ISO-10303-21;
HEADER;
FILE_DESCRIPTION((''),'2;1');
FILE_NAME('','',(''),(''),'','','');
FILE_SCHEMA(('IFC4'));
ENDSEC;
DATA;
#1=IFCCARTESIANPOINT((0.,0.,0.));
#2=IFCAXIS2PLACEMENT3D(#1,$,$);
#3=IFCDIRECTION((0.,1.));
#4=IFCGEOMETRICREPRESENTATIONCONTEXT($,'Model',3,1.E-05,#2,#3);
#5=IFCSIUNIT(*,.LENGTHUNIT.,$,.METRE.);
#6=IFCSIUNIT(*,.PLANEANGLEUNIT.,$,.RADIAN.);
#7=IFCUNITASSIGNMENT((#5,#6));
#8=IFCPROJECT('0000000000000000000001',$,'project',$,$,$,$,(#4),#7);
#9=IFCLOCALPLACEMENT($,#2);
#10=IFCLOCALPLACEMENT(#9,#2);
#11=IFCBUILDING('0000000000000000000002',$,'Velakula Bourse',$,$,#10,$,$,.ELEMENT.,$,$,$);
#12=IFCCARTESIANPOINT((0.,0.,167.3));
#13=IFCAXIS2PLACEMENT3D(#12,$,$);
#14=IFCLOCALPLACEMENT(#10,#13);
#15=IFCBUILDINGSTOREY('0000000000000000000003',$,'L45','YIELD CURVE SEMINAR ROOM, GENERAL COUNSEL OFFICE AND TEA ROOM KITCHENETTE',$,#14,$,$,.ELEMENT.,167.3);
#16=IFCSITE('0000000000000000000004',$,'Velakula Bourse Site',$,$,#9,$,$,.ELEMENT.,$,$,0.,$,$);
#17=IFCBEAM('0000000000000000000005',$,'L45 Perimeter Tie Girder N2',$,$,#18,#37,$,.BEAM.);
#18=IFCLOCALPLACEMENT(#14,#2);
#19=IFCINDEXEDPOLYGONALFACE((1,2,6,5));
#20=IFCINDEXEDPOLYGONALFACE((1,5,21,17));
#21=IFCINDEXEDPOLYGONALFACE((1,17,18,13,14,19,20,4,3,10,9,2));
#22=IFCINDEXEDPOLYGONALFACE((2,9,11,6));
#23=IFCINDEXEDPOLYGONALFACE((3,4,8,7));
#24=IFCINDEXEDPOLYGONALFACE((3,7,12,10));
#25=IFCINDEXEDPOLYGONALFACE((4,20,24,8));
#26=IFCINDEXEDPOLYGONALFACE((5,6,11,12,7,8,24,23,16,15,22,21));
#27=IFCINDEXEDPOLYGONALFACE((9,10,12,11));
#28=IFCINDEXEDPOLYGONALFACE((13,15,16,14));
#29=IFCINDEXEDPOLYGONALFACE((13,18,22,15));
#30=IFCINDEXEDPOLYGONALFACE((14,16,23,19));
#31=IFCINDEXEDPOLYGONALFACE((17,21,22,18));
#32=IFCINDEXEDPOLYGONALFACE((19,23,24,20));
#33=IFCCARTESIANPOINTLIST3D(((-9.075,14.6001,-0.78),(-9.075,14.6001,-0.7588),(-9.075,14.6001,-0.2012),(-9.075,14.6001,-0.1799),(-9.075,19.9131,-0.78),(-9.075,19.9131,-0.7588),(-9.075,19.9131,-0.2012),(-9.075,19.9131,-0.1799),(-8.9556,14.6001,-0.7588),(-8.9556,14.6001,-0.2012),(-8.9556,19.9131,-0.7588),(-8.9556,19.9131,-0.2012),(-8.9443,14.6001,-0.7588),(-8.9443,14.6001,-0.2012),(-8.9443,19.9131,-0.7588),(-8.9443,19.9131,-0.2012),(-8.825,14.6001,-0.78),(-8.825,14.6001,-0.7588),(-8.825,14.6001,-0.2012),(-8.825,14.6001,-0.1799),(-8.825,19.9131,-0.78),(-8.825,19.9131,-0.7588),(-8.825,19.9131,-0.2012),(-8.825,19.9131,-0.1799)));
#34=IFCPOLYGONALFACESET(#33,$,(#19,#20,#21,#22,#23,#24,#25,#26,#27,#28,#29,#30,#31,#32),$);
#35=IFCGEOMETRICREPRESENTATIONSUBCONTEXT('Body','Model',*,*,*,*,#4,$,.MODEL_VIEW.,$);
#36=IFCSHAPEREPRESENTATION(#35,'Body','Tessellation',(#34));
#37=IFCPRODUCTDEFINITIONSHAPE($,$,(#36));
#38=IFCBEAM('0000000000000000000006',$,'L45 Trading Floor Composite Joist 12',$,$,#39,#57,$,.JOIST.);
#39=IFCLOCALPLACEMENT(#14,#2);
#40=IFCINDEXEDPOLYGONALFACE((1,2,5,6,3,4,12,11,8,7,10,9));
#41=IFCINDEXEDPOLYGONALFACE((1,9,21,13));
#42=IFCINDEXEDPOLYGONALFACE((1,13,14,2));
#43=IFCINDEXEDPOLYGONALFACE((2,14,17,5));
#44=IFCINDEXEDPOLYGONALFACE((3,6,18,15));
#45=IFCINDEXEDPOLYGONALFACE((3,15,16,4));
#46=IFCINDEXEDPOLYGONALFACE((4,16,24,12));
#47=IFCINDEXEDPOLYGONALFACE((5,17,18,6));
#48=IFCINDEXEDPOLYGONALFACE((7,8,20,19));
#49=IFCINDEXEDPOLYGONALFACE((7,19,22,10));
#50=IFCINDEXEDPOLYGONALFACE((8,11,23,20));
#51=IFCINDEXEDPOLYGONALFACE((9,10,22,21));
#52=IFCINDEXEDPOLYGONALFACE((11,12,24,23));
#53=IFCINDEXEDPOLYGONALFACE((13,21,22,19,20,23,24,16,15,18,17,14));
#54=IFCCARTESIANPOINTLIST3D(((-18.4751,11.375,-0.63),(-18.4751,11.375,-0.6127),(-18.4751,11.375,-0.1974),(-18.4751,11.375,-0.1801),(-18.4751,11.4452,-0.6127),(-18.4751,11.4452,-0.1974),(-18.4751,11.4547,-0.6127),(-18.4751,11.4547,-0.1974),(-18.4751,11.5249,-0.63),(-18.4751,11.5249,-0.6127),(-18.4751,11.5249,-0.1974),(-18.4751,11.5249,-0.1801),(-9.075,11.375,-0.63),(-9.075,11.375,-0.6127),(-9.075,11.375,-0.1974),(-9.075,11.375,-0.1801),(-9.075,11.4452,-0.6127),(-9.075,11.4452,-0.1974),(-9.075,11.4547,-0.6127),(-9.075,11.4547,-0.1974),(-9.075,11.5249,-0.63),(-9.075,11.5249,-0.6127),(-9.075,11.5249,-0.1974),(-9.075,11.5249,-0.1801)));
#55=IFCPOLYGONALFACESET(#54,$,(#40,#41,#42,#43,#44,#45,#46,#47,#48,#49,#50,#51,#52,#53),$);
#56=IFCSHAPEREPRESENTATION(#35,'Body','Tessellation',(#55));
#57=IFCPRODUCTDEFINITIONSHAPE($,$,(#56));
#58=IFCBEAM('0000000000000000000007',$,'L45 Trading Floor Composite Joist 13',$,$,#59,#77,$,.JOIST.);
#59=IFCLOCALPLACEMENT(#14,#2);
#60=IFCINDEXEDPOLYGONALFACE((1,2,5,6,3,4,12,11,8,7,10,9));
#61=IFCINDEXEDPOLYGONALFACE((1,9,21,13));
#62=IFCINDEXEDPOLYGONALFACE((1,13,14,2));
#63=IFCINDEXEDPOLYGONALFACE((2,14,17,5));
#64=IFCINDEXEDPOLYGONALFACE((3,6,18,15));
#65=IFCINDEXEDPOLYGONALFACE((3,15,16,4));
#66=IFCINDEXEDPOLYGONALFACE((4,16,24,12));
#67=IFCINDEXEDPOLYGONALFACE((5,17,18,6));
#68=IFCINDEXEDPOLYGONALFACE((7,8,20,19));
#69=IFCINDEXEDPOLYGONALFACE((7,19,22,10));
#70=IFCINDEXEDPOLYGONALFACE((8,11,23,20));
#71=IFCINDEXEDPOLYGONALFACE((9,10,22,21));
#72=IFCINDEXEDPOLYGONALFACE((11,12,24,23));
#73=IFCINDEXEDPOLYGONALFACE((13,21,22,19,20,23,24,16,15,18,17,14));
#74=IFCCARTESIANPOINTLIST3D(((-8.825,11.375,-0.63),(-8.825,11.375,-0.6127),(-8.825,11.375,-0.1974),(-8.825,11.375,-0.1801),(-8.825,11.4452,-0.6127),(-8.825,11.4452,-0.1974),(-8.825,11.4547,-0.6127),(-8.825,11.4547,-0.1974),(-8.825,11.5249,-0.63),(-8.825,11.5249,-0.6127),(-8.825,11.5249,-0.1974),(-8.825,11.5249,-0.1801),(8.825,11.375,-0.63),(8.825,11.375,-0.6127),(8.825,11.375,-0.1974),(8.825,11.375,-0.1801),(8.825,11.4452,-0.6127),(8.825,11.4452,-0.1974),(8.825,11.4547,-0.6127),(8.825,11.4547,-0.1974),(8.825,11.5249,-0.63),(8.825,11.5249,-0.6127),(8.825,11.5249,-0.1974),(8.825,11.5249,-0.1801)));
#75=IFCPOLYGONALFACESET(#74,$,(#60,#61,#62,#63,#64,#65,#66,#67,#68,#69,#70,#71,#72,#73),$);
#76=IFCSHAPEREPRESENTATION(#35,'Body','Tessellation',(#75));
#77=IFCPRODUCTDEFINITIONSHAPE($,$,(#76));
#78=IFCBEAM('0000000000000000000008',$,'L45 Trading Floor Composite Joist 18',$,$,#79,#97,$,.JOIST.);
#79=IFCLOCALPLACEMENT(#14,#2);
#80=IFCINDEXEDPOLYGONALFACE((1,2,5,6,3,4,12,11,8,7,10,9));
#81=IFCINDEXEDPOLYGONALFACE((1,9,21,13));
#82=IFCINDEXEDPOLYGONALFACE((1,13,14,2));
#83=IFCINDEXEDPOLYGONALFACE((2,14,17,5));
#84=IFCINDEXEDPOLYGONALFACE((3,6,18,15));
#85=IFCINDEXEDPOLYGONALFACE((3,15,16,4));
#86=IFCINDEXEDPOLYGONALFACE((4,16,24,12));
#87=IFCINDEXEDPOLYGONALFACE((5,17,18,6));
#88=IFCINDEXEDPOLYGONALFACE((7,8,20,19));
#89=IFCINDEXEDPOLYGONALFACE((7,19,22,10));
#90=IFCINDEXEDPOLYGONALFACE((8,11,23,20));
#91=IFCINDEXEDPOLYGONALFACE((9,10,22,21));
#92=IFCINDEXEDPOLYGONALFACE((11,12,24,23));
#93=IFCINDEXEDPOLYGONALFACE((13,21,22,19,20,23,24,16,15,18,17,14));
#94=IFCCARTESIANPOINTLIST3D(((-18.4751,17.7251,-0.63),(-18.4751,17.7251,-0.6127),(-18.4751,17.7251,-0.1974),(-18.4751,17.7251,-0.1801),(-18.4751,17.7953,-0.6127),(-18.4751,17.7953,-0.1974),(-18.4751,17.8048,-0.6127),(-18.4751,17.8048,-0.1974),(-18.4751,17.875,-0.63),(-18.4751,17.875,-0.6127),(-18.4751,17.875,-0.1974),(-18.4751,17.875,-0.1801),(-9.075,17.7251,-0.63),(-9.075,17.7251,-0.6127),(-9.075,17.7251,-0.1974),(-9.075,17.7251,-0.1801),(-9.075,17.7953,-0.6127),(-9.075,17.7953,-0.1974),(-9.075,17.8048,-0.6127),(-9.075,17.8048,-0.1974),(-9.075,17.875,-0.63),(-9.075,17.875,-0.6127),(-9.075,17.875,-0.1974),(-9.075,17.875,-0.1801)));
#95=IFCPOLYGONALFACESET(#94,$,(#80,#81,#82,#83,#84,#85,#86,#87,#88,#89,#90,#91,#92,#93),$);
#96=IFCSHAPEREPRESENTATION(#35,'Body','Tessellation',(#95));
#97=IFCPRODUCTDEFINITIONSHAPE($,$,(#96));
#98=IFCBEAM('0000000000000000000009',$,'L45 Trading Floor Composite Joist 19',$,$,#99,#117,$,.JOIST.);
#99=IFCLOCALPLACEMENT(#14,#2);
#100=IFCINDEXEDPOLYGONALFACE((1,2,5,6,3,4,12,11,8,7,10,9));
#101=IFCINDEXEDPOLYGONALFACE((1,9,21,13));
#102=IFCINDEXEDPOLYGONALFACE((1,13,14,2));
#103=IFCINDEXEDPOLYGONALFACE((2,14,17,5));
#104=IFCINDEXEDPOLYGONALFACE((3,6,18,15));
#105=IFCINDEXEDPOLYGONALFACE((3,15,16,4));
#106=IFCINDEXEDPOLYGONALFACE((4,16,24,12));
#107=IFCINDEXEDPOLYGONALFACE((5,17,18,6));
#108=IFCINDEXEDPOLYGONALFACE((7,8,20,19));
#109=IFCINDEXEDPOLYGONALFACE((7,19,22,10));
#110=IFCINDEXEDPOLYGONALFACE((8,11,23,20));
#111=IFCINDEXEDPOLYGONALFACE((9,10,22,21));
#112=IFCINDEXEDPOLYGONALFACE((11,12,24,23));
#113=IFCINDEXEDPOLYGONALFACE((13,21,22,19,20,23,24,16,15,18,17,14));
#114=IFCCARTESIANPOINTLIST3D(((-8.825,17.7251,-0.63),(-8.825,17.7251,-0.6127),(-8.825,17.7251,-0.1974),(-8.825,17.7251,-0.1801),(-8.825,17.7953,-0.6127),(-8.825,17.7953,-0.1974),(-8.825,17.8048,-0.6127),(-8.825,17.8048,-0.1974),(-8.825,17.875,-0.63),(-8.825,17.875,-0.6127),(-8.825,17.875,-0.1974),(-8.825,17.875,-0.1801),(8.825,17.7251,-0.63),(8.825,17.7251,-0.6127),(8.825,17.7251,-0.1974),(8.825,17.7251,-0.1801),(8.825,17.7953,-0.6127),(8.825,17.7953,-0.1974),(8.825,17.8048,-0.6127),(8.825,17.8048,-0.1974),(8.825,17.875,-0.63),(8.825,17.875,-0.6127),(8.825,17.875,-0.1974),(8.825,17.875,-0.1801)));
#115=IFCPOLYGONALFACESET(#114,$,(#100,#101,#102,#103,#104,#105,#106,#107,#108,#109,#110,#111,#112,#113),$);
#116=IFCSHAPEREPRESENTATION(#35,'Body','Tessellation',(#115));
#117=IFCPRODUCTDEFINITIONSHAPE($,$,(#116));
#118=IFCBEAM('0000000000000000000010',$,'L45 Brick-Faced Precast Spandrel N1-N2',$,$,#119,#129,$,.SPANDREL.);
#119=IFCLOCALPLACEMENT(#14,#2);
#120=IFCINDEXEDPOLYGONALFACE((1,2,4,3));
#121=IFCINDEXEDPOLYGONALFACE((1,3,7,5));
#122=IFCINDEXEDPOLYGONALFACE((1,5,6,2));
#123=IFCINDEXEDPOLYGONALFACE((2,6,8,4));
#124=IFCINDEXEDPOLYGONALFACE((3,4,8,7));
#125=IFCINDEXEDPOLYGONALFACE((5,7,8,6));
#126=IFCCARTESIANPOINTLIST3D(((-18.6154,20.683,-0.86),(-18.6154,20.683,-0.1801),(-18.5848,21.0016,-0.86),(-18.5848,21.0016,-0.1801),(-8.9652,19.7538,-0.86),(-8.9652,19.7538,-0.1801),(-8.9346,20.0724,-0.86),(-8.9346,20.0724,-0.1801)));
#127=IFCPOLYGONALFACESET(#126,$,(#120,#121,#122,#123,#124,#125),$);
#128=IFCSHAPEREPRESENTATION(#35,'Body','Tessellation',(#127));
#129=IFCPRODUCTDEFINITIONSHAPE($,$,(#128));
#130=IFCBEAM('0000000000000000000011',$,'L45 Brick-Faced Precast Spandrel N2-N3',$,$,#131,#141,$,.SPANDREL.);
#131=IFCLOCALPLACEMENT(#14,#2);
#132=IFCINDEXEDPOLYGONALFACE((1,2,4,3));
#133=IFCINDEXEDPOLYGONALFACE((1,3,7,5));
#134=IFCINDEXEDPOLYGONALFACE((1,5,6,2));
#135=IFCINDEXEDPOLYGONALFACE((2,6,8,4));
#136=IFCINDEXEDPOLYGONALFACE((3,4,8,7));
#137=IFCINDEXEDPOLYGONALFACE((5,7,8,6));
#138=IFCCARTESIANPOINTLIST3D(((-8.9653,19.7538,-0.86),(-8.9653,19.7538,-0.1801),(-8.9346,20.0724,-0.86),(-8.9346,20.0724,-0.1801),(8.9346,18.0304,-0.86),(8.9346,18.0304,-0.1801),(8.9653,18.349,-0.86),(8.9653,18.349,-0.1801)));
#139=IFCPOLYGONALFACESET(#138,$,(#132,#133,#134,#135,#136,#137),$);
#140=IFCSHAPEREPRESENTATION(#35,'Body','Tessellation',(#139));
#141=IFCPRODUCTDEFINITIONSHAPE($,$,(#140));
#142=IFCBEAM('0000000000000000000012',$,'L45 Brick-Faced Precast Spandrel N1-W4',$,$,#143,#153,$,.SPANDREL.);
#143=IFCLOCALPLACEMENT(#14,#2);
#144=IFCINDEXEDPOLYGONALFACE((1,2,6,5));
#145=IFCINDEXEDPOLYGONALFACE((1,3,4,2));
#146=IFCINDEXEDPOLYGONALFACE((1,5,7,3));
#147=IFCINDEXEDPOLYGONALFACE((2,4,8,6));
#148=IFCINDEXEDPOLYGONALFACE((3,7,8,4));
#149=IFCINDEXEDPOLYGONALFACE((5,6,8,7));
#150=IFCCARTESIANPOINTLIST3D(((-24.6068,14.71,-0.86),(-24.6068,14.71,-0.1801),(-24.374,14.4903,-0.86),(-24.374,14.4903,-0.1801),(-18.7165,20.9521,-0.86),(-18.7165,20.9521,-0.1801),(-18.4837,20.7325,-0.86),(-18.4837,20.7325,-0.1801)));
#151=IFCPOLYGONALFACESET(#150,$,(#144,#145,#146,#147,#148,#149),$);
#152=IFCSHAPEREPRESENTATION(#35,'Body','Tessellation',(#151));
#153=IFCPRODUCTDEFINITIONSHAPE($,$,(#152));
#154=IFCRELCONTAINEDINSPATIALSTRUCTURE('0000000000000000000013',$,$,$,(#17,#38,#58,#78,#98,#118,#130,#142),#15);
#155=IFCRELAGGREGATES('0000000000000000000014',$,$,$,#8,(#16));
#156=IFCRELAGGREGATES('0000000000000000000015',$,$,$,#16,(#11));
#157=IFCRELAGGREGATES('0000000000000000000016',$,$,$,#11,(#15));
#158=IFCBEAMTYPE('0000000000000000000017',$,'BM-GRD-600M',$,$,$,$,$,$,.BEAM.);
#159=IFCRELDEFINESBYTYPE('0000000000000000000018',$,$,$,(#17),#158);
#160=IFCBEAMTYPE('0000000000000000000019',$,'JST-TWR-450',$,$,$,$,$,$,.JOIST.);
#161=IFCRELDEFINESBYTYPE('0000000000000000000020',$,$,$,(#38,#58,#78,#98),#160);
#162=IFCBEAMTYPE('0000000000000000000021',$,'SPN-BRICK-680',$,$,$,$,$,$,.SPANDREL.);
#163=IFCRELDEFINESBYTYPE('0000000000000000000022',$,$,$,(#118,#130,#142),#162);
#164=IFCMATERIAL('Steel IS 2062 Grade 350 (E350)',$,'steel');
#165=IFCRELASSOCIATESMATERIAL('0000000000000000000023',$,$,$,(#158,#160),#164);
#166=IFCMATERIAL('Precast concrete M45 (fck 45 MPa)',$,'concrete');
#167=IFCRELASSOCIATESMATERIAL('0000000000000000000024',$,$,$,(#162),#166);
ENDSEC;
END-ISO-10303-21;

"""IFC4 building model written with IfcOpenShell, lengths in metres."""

from ifc_helpers import new_model, si_unit, direction, frame, origin, origin_2d, place, context, subcontext, project, spatial, rectangle, i_section, extrude, material, material_profile, profile_set, type_object, element, save


model = new_model("IFC4")

# Units and contexts
model_context = context("Model", 3, precision=1e-05, world=origin(), true_north=direction((0.0, 1.0)))
body_context = subcontext(model_context, "Body", "Model", "MODEL_VIEW")
ifc_project = project(units=[si_unit("LENGTHUNIT", "METRE"), si_unit("PLANEANGLEUNIT", "RADIAN")], contexts=[model_context])

# Site, building, storey
site_placement = place(None, origin())
site = spatial("IfcSite", under=ifc_project, at=site_placement, Name="Velakula Bourse Site", CompositionType="ELEMENT", RefElevation=0.0)
building_placement = place(site_placement, origin())
building = spatial("IfcBuilding", under=site, at=building_placement, Name="Velakula Bourse", CompositionType="ELEMENT")
storey_placement = place(building_placement, frame((0.0, 0.0, 167.3)))
storey = spatial("IfcBuildingStorey", under=building, at=storey_placement, Name="L45", Description="YIELD CURVE SEMINAR ROOM, GENERAL COUNSEL OFFICE AND TEA ROOM KITCHENETTE", CompositionType="ELEMENT", Elevation=167.3)

# Shared definitions
ifc_material_1 = material(Name="Steel IS 2062 Grade 350 (E350)", Category="steel")

# Beams
ifc_material_profile_1 = material_profile(ifc_material_1, i_section(OverallWidth=0.25, OverallDepth=0.6001, WebThickness=0.0112, FlangeThickness=0.0212, at=origin_2d()), Name="Steel IS 2062 Grade 350 (E350)")
ifc_profile_set_1 = profile_set([ifc_material_profile_1], Name="Steel IS 2062 Grade 350 (E350)")
beam_type_1 = type_object("IfcBeamType", Name="BM-GRD-600M", PredefinedType="BEAM", material=ifc_profile_set_1)
beam_1_placement = place(storey_placement, frame((-8.95, 14.6001, -0.48), z_axis=(0.0, 1.0, 0.0), x_axis=(-1.0, 0.0, 0.0)))
element("IfcBeam", 1, at=beam_1_placement, inside=storey, type_object=beam_type_1, Name="L45 Perimeter Tie Girder N2", PredefinedType="BEAM", context=body_context, shape_type="SweptSolid", body=[
    extrude(i_section(OverallWidth=0.25, OverallDepth=0.6001, WebThickness=0.0112, FlangeThickness=0.0212, at=origin_2d()), origin(), (0.0, 0.0, 1.0), 5.313),
])
ifc_material_profile_2 = material_profile(ifc_material_1, i_section(OverallWidth=0.1499, OverallDepth=0.45, WebThickness=0.0095, FlangeThickness=0.0173, at=origin_2d()), Name="Steel IS 2062 Grade 350 (E350)")
ifc_profile_set_2 = profile_set([ifc_material_profile_2], Name="Steel IS 2062 Grade 350 (E350)")
beam_type_2 = type_object("IfcBeamType", Name="JST-TWR-450", PredefinedType="JOIST", material=ifc_profile_set_2)
beam_2_placement = place(storey_placement, frame((-18.4751, 11.45, -0.405), z_axis=(1.0, 0.0, 0.0), x_axis=(0.0, 1.0, 0.0)))
element("IfcBeam", 2, at=beam_2_placement, inside=storey, type_object=beam_type_2, Name="L45 Trading Floor Composite Joist 12", PredefinedType="JOIST", context=body_context, shape_type="SweptSolid", body=[
    extrude(i_section(OverallWidth=0.1499, OverallDepth=0.45, WebThickness=0.0095, FlangeThickness=0.0173, at=origin_2d()), origin(), (0.0, 0.0, 1.0), 9.4001),
])
beam_3_placement = place(storey_placement, frame((-8.825, 11.45, -0.405), z_axis=(1.0, 0.0, 0.0), x_axis=(0.0, 1.0, 0.0)))
element("IfcBeam", 3, at=beam_3_placement, inside=storey, type_object=beam_type_2, Name="L45 Trading Floor Composite Joist 13", PredefinedType="JOIST", context=body_context, shape_type="SweptSolid", body=[
    extrude(i_section(OverallWidth=0.1499, OverallDepth=0.45, WebThickness=0.0095, FlangeThickness=0.0173, at=origin_2d()), origin(), (0.0, 0.0, 1.0), 17.6499),
])
beam_4_placement = place(storey_placement, frame((-18.4751, 17.8, -0.405), z_axis=(1.0, 0.0, 0.0), x_axis=(0.0, 1.0, 0.0)))
element("IfcBeam", 4, at=beam_4_placement, inside=storey, type_object=beam_type_2, Name="L45 Trading Floor Composite Joist 18", PredefinedType="JOIST", context=body_context, shape_type="SweptSolid", body=[
    extrude(i_section(OverallWidth=0.1499, OverallDepth=0.45, WebThickness=0.0095, FlangeThickness=0.0173, at=origin_2d()), origin(), (0.0, 0.0, 1.0), 9.4001),
])
beam_5_placement = place(storey_placement, frame((-8.825, 17.8, -0.405), z_axis=(1.0, 0.0, 0.0), x_axis=(0.0, 1.0, 0.0)))
element("IfcBeam", 5, at=beam_5_placement, inside=storey, type_object=beam_type_2, Name="L45 Trading Floor Composite Joist 19", PredefinedType="JOIST", context=body_context, shape_type="SweptSolid", body=[
    extrude(i_section(OverallWidth=0.1499, OverallDepth=0.45, WebThickness=0.0095, FlangeThickness=0.0173, at=origin_2d()), origin(), (0.0, 0.0, 1.0), 17.6499),
])
ifc_material_2 = material(Name="Precast concrete M45 (fck 45 MPa)", Category="concrete")
ifc_material_profile_3 = material_profile(ifc_material_2, rectangle(XDim=0.3201, YDim=0.6799, at=origin_2d()), Name="Precast concrete M45 (fck 45 MPa)")
ifc_profile_set_3 = profile_set([ifc_material_profile_3], Name="Precast concrete M45 (fck 45 MPa)")
beam_type_3 = type_object("IfcBeamType", Name="SPN-BRICK-680", PredefinedType="SPANDREL", material=ifc_profile_set_3)
beam_6_placement = place(storey_placement, frame((-18.6001, 20.8423, -0.52), z_axis=(0.995396, -0.095845, 0.0), x_axis=(0.095845, 0.995396, 0.0)))
element("IfcBeam", 6, at=beam_6_placement, inside=storey, type_object=beam_type_3, Name="L45 Brick-Faced Precast Spandrel N1-N2", PredefinedType="SPANDREL", context=body_context, shape_type="SweptSolid", body=[
    extrude(rectangle(XDim=0.3201, YDim=0.6799, at=origin_2d()), origin(), (0.0, 0.0, 1.0), 9.6948),
])
beam_7_placement = place(storey_placement, frame((-8.95, 19.9131, -0.52), z_axis=(0.995397, -0.095836, 0.0), x_axis=(0.095836, 0.995397, 0.0)))
element("IfcBeam", 7, at=beam_7_placement, inside=storey, type_object=beam_type_3, Name="L45 Brick-Faced Precast Spandrel N2-N3", PredefinedType="SPANDREL", context=body_context, shape_type="SweptSolid", body=[
    extrude(rectangle(XDim=0.3201, YDim=0.6799, at=origin_2d()), origin(), (0.0, 0.0, 1.0), 17.9827),
])
beam_8_placement = place(storey_placement, frame((-18.6001, 20.8423, -0.52), z_axis=(-0.686314, -0.727305, 0.0), x_axis=(0.727305, -0.686314, 0.0)))
element("IfcBeam", 8, at=beam_8_placement, inside=storey, type_object=beam_type_3, Name="L45 Brick-Faced Precast Spandrel N1-W4", PredefinedType="SPANDREL", context=body_context, shape_type="SweptSolid", body=[
    extrude(rectangle(XDim=0.3201, YDim=0.6799, at=origin_2d()), origin(), (0.0, 0.0, 1.0), 8.5825),
])

save(model, "model.ifc")
